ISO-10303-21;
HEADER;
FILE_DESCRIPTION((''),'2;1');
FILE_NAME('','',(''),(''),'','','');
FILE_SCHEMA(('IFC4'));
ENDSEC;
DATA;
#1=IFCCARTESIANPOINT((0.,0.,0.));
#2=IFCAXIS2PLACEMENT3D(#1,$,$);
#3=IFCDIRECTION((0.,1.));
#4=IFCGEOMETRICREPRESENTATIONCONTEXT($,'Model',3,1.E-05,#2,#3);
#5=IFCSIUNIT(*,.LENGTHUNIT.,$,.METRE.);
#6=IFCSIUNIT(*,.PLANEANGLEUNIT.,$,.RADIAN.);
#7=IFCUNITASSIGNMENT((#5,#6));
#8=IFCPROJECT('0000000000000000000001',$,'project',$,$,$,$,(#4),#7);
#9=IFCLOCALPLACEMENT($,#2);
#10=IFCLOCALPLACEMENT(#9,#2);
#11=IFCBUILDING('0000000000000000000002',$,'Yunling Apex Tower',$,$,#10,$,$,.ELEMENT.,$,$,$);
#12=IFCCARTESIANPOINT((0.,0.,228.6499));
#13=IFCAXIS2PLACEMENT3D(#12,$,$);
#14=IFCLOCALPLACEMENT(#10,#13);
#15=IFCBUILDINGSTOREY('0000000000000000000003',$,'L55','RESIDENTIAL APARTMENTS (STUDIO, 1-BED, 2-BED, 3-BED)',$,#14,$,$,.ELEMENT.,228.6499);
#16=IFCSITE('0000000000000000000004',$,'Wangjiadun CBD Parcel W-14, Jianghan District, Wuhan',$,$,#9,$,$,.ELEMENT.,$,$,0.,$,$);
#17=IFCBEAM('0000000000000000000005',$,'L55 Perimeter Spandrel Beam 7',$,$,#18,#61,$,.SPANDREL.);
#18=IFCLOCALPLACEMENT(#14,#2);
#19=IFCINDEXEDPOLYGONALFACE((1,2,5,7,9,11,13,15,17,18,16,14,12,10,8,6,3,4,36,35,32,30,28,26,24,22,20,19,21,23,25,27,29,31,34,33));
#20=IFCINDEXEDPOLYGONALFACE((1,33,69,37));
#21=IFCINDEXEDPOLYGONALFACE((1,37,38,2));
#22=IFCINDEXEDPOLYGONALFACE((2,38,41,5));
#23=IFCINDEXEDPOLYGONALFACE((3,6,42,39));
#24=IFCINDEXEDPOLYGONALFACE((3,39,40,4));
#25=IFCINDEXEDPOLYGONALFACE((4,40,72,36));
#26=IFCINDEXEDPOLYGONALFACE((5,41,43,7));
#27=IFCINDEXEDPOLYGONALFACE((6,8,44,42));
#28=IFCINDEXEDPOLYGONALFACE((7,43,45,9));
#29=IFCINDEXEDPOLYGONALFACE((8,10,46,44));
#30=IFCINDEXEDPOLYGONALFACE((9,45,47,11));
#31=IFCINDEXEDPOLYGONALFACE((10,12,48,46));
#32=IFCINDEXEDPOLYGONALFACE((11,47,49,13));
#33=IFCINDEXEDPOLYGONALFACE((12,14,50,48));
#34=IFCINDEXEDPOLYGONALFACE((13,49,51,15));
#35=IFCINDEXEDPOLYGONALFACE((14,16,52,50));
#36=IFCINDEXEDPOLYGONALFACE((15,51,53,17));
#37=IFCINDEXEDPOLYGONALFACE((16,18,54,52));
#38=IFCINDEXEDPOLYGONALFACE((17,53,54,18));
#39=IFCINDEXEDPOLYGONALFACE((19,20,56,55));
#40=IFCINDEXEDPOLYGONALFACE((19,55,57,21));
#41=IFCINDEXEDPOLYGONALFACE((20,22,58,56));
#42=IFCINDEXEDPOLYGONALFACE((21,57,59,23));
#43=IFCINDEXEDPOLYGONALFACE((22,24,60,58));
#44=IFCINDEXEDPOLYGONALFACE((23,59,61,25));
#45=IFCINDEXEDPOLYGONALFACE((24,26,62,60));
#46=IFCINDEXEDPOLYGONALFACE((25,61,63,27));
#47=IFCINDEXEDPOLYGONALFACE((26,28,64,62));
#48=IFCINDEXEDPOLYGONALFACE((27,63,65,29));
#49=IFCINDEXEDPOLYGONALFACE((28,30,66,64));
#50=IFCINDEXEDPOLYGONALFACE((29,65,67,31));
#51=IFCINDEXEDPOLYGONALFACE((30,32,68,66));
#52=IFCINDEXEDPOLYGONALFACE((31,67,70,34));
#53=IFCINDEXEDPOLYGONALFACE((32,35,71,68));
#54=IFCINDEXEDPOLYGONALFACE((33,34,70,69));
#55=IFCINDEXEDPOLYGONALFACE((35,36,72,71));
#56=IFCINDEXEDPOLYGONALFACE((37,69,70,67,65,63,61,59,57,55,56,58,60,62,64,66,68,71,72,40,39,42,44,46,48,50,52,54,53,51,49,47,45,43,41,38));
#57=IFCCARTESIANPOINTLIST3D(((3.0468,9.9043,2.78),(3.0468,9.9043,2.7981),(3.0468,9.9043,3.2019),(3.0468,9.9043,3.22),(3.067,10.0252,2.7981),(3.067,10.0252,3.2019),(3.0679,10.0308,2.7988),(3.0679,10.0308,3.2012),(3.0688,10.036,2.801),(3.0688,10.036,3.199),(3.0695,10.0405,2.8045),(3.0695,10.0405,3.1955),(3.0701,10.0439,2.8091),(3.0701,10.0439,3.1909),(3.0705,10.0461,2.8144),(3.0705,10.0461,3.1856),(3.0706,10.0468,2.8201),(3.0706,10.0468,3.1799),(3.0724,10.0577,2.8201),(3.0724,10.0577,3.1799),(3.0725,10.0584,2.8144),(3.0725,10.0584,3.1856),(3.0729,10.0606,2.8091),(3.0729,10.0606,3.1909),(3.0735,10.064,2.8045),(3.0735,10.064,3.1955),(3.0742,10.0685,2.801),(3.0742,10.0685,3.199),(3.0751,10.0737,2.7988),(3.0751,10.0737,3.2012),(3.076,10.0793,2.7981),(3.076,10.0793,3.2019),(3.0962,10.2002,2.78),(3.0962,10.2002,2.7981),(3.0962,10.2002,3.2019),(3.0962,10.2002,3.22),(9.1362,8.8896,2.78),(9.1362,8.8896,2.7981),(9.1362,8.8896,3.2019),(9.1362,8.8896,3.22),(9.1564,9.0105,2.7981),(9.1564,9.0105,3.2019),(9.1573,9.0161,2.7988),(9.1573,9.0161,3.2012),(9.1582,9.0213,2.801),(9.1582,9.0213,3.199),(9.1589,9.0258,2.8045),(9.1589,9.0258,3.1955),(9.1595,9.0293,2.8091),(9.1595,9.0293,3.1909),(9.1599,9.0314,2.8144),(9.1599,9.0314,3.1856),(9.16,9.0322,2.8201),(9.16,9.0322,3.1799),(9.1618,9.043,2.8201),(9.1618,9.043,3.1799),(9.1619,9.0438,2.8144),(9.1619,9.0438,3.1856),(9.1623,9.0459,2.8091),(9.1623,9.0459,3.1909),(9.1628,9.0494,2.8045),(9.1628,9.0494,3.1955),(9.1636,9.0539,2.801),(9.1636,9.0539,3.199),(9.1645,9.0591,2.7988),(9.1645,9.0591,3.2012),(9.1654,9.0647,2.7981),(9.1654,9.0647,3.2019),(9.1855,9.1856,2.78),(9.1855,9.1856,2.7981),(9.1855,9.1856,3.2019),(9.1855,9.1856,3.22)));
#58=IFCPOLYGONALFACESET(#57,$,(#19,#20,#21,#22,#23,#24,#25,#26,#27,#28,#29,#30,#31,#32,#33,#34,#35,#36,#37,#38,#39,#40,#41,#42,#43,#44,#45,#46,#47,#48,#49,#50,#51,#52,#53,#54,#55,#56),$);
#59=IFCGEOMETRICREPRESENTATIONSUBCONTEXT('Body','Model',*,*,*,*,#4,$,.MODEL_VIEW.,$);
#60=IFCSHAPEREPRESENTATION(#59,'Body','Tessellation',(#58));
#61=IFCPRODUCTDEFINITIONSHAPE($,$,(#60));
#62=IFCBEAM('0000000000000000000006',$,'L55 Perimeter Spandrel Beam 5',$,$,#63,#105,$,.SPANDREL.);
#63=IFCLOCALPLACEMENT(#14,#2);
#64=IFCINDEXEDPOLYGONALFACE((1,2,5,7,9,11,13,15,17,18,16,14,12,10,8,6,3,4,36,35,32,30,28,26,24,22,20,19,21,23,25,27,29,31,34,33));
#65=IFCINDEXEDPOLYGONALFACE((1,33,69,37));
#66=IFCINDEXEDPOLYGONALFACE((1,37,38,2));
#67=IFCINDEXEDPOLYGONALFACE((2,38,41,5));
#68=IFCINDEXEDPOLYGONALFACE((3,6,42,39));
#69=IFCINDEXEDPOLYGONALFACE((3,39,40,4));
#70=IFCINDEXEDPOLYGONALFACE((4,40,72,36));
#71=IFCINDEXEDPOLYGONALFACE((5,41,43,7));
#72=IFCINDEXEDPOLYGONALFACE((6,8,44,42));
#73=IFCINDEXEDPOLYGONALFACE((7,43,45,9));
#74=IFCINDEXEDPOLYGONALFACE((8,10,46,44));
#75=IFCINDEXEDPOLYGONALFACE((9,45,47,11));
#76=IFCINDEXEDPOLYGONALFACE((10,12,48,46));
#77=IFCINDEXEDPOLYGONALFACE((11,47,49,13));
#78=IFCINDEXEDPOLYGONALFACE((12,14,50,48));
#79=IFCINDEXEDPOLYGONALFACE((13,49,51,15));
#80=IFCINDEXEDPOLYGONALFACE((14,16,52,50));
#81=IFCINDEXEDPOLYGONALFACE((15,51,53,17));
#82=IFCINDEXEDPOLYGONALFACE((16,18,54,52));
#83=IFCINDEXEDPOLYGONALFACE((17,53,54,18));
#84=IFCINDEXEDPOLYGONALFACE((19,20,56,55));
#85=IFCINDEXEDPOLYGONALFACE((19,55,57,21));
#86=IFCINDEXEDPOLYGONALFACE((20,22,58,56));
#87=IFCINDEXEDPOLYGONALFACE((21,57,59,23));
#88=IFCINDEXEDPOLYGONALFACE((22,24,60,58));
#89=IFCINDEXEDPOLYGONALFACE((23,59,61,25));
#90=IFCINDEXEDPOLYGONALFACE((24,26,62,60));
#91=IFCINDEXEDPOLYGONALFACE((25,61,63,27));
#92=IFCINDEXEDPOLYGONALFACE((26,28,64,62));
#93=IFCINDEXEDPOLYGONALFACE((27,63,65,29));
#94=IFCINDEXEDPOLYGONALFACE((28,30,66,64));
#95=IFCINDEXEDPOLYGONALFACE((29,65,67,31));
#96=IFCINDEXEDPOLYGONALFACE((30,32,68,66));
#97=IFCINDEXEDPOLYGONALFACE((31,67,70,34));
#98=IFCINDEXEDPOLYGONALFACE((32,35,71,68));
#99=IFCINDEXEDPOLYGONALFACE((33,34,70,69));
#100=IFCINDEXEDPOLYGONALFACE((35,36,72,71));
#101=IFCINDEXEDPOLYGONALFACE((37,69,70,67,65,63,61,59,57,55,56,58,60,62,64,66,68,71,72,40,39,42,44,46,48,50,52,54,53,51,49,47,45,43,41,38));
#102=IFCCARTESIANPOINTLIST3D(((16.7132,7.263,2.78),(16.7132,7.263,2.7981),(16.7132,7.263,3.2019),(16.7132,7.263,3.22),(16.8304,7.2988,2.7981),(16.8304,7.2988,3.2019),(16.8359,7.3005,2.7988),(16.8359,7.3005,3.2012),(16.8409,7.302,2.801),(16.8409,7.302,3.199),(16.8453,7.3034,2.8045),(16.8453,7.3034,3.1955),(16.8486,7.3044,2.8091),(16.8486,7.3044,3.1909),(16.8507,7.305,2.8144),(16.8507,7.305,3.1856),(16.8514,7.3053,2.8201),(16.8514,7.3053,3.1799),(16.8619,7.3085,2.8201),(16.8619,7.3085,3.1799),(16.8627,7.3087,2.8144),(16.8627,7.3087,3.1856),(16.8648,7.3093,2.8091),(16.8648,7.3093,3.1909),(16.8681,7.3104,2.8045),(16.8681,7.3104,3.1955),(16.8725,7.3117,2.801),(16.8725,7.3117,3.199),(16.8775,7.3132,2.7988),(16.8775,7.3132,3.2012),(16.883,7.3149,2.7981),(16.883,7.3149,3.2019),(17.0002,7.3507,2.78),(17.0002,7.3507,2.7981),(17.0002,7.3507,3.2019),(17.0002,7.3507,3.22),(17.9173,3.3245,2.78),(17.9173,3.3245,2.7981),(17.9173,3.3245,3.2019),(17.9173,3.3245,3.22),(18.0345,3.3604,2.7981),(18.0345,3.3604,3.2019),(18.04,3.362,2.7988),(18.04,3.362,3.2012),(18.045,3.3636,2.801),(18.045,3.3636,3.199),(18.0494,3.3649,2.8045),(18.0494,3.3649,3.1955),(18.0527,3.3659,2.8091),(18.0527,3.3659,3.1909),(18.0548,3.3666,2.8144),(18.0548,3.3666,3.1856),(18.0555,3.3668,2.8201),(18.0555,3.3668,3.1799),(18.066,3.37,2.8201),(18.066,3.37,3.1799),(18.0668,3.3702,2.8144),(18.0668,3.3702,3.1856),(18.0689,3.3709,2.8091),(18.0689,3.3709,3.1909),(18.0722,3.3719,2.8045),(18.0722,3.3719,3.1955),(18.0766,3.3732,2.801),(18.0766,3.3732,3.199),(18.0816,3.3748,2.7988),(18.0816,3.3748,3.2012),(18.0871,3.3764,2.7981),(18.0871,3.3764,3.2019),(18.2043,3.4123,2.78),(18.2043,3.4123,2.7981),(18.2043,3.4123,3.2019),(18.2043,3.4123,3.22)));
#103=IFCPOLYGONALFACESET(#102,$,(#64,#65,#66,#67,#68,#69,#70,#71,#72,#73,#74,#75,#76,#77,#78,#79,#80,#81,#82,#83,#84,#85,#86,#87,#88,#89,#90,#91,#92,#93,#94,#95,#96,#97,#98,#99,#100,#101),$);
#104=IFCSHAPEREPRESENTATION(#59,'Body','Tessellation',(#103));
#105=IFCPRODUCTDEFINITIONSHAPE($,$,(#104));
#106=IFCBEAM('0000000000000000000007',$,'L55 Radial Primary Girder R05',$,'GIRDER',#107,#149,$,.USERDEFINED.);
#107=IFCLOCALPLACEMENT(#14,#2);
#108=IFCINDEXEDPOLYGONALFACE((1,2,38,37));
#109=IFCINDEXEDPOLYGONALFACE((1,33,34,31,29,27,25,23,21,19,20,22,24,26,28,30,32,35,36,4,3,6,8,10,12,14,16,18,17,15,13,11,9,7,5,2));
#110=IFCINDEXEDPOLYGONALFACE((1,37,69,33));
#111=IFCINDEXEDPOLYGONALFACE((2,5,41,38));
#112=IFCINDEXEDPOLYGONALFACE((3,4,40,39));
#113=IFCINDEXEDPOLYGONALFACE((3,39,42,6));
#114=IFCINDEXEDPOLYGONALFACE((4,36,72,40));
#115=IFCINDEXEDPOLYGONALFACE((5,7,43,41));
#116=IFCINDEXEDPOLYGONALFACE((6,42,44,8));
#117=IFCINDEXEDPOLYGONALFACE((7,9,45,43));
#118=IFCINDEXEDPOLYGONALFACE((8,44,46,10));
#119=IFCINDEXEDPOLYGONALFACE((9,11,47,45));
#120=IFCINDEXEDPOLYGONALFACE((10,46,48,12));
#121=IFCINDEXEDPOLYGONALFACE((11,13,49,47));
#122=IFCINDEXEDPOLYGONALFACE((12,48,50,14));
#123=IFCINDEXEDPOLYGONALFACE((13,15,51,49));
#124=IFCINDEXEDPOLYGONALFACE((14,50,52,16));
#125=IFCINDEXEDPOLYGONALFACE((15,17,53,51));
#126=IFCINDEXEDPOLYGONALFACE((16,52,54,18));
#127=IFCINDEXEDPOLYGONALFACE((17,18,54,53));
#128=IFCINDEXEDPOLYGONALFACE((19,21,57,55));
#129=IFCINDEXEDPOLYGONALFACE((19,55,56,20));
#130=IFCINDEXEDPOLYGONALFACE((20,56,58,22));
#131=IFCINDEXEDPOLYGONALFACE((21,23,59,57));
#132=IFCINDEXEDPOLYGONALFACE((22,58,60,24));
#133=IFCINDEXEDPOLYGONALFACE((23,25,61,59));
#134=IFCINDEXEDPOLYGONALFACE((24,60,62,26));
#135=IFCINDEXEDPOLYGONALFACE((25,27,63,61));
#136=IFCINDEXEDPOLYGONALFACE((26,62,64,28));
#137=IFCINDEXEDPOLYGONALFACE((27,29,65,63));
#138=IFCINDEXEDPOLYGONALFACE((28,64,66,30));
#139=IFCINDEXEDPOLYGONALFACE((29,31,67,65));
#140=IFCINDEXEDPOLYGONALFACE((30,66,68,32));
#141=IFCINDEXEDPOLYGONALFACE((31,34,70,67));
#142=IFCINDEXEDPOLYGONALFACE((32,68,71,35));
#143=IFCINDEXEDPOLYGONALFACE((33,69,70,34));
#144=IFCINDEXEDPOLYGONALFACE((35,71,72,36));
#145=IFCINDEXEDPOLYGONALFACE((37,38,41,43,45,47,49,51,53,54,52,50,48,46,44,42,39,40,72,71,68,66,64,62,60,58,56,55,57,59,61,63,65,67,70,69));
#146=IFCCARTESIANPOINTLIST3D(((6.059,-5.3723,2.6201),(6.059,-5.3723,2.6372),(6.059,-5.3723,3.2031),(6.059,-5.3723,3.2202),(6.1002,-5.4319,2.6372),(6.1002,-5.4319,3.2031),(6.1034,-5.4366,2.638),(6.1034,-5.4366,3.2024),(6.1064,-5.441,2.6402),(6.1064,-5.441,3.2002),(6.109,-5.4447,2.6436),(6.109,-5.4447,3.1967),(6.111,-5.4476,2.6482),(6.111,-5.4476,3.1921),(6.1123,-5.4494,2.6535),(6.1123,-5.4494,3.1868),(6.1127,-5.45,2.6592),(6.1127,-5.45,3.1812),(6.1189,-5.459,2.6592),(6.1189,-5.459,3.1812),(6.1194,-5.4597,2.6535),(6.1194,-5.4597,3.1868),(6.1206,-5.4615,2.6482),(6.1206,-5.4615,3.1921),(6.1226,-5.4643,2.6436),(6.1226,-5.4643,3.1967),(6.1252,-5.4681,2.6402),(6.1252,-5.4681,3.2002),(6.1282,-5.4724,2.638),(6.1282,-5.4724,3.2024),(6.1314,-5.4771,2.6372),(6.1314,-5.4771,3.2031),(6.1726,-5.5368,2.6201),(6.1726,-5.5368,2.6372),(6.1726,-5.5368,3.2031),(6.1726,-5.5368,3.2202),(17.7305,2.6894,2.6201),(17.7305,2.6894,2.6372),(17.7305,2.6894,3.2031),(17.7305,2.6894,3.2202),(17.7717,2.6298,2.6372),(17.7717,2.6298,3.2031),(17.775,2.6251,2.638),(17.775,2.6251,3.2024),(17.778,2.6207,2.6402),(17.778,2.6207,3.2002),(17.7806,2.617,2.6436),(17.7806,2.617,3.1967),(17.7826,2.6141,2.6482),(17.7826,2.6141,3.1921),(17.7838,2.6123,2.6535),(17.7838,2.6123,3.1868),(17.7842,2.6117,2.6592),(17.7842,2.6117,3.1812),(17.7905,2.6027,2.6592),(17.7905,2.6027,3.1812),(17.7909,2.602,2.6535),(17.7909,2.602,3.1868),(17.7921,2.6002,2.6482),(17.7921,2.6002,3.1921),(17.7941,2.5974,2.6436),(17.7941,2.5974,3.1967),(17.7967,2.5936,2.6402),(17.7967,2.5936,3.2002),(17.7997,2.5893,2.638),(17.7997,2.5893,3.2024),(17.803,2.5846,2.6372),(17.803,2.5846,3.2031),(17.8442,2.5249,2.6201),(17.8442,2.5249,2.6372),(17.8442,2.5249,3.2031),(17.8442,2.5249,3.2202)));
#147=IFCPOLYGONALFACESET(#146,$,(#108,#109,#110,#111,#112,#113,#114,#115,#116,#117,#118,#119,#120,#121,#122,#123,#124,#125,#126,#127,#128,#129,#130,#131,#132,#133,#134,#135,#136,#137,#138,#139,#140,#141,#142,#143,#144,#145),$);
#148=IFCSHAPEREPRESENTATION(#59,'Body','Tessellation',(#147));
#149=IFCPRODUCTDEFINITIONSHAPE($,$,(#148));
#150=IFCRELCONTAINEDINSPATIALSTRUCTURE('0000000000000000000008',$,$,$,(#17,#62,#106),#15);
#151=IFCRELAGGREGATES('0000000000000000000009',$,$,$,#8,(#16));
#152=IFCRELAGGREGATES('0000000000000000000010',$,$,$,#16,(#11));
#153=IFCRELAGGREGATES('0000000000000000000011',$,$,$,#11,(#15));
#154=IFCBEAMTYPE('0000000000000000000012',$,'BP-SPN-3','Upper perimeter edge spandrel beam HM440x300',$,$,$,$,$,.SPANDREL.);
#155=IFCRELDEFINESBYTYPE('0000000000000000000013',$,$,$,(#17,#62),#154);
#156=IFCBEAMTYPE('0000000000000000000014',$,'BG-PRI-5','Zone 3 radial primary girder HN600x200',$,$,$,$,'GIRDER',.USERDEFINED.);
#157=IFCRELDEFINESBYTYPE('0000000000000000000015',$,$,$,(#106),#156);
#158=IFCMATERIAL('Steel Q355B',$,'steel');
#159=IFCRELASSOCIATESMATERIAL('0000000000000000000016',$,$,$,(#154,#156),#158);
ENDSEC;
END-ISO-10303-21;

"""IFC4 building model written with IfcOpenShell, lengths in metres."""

from ifc_helpers import new_model, si_unit, direction, frame, origin, origin_2d, place, context, subcontext, project, spatial, i_section, extrude, source, transform, mapped, material, material_profile, profile_set, type_object, element, save


model = new_model("IFC4")

# Units and contexts
model_context = context("Model", 3, precision=1e-05, world=origin(), true_north=direction((0.0, 1.0)))
body_context = subcontext(model_context, "Body", "Model", "MODEL_VIEW")
ifc_project = project(units=[si_unit("LENGTHUNIT", "METRE"), si_unit("PLANEANGLEUNIT", "RADIAN")], contexts=[model_context])

# Site, building, storey
site_placement = place(None, origin())
site = spatial("IfcSite", under=ifc_project, at=site_placement, Name="Wangjiadun CBD Parcel W-14, Jianghan District, Wuhan", CompositionType="ELEMENT", RefElevation=0.0)
building_placement = place(site_placement, origin())
building = spatial("IfcBuilding", under=site, at=building_placement, Name="Yunling Apex Tower", CompositionType="ELEMENT")
storey_placement = place(building_placement, frame((0.0, 0.0, 228.6499)))
storey = spatial("IfcBuildingStorey", under=building, at=storey_placement, Name="L55", Description="RESIDENTIAL APARTMENTS (STUDIO, 1-BED, 2-BED, 3-BED)", CompositionType="ELEMENT", Elevation=228.6499)

# Beams
ifc_material_1 = material(Name="Steel Q355B", Category="steel")
ifc_material_profile_1 = material_profile(ifc_material_1, i_section(OverallWidth=0.3, OverallDepth=0.4399, WebThickness=0.011, FlangeThickness=0.0181, FilletRadius=0.022, at=origin_2d()))
ifc_profile_set_1 = profile_set([ifc_material_profile_1], Name="Steel Q355B")
beam_type_1 = type_object("IfcBeamType", Name="BP-SPN-3", Description="Upper perimeter edge spandrel beam HM440x300", PredefinedType="SPANDREL", material=ifc_profile_set_1)
shared_shape_1 = source(origin(), body_context, "Body", "SweptSolid", [
    extrude(i_section(OverallWidth=0.3, OverallDepth=0.4399, WebThickness=0.011, FlangeThickness=0.0181, FilletRadius=0.022, at=origin_2d()), origin(), (0.0, 0.0, 1.0), 6.1733),
])
for number, where, z_axis, x_axis, name in (
    (1, (9.1609, 9.0376, 3.0), (-0.9864, 0.164361, 0.0), (-0.164361, -0.9864, 0.0), "L55 Perimeter Spandrel Beam 7"),
):
    element("IfcBeam", number, at=place(storey_placement, frame(where, z_axis=z_axis, x_axis=x_axis)), inside=storey, type_object=beam_type_1, Name=name, PredefinedType="SPANDREL", context=body_context, shape_type="MappedRepresentation", body=[
        mapped(shared_shape_1, transform((0.0, 0.0, 0.0), scale=1.0)),
    ])
shared_shape_2 = source(origin(), body_context, "Body", "SweptSolid", [
    extrude(i_section(OverallWidth=0.3, OverallDepth=0.4399, WebThickness=0.011, FlangeThickness=0.0181, FilletRadius=0.022, at=origin_2d()), origin(), (0.0, 0.0, 1.0), 4.1184),
])
beam_1_placement = place(storey_placement, frame((18.0608, 3.3684, 3.0), z_axis=(-0.292369, 0.956306, 0.0), x_axis=(-0.956306, -0.292369, 0.0)))
element("IfcBeam", 2, at=beam_1_placement, inside=storey, type_object=beam_type_1, Name="L55 Perimeter Spandrel Beam 5", PredefinedType="SPANDREL", context=body_context, shape_type="MappedRepresentation", body=[
    mapped(shared_shape_2, transform((0.0, 0.0, 0.0), scale=1.0)),
])
ifc_material_profile_2 = material_profile(ifc_material_1, i_section(OverallWidth=0.2, OverallDepth=0.6001, WebThickness=0.011, FlangeThickness=0.0171, FilletRadius=0.022, at=origin_2d()))
ifc_profile_set_2 = profile_set([ifc_material_profile_2], Name="Steel Q355B")
beam_type_2 = type_object("IfcBeamType", Name="BG-PRI-5", Description="Zone 3 radial primary girder HN600x200", ElementType="GIRDER", PredefinedType="USERDEFINED", material=ifc_profile_set_2)
shared_shape_3 = source(origin(), body_context, "Body", "SweptSolid", [
    extrude(i_section(OverallWidth=0.2, OverallDepth=0.6001, WebThickness=0.011, FlangeThickness=0.0171, FilletRadius=0.022, at=origin_2d()), origin(), (0.0, 0.0, 1.0), 14.1851),
])
beam_2_placement = place(storey_placement, frame((17.7874, 2.6072, 2.9202), z_axis=(-0.822805, -0.568324, 0.0), x_axis=(0.568324, -0.822805, 0.0)))
element("IfcBeam", 3, at=beam_2_placement, inside=storey, type_object=beam_type_2, Name="L55 Radial Primary Girder R05", ObjectType="GIRDER", PredefinedType="USERDEFINED", context=body_context, shape_type="MappedRepresentation", body=[
    mapped(shared_shape_3, transform((0.0, 0.0, 0.0), scale=1.0)),
])

save(model, "model.ifc")
